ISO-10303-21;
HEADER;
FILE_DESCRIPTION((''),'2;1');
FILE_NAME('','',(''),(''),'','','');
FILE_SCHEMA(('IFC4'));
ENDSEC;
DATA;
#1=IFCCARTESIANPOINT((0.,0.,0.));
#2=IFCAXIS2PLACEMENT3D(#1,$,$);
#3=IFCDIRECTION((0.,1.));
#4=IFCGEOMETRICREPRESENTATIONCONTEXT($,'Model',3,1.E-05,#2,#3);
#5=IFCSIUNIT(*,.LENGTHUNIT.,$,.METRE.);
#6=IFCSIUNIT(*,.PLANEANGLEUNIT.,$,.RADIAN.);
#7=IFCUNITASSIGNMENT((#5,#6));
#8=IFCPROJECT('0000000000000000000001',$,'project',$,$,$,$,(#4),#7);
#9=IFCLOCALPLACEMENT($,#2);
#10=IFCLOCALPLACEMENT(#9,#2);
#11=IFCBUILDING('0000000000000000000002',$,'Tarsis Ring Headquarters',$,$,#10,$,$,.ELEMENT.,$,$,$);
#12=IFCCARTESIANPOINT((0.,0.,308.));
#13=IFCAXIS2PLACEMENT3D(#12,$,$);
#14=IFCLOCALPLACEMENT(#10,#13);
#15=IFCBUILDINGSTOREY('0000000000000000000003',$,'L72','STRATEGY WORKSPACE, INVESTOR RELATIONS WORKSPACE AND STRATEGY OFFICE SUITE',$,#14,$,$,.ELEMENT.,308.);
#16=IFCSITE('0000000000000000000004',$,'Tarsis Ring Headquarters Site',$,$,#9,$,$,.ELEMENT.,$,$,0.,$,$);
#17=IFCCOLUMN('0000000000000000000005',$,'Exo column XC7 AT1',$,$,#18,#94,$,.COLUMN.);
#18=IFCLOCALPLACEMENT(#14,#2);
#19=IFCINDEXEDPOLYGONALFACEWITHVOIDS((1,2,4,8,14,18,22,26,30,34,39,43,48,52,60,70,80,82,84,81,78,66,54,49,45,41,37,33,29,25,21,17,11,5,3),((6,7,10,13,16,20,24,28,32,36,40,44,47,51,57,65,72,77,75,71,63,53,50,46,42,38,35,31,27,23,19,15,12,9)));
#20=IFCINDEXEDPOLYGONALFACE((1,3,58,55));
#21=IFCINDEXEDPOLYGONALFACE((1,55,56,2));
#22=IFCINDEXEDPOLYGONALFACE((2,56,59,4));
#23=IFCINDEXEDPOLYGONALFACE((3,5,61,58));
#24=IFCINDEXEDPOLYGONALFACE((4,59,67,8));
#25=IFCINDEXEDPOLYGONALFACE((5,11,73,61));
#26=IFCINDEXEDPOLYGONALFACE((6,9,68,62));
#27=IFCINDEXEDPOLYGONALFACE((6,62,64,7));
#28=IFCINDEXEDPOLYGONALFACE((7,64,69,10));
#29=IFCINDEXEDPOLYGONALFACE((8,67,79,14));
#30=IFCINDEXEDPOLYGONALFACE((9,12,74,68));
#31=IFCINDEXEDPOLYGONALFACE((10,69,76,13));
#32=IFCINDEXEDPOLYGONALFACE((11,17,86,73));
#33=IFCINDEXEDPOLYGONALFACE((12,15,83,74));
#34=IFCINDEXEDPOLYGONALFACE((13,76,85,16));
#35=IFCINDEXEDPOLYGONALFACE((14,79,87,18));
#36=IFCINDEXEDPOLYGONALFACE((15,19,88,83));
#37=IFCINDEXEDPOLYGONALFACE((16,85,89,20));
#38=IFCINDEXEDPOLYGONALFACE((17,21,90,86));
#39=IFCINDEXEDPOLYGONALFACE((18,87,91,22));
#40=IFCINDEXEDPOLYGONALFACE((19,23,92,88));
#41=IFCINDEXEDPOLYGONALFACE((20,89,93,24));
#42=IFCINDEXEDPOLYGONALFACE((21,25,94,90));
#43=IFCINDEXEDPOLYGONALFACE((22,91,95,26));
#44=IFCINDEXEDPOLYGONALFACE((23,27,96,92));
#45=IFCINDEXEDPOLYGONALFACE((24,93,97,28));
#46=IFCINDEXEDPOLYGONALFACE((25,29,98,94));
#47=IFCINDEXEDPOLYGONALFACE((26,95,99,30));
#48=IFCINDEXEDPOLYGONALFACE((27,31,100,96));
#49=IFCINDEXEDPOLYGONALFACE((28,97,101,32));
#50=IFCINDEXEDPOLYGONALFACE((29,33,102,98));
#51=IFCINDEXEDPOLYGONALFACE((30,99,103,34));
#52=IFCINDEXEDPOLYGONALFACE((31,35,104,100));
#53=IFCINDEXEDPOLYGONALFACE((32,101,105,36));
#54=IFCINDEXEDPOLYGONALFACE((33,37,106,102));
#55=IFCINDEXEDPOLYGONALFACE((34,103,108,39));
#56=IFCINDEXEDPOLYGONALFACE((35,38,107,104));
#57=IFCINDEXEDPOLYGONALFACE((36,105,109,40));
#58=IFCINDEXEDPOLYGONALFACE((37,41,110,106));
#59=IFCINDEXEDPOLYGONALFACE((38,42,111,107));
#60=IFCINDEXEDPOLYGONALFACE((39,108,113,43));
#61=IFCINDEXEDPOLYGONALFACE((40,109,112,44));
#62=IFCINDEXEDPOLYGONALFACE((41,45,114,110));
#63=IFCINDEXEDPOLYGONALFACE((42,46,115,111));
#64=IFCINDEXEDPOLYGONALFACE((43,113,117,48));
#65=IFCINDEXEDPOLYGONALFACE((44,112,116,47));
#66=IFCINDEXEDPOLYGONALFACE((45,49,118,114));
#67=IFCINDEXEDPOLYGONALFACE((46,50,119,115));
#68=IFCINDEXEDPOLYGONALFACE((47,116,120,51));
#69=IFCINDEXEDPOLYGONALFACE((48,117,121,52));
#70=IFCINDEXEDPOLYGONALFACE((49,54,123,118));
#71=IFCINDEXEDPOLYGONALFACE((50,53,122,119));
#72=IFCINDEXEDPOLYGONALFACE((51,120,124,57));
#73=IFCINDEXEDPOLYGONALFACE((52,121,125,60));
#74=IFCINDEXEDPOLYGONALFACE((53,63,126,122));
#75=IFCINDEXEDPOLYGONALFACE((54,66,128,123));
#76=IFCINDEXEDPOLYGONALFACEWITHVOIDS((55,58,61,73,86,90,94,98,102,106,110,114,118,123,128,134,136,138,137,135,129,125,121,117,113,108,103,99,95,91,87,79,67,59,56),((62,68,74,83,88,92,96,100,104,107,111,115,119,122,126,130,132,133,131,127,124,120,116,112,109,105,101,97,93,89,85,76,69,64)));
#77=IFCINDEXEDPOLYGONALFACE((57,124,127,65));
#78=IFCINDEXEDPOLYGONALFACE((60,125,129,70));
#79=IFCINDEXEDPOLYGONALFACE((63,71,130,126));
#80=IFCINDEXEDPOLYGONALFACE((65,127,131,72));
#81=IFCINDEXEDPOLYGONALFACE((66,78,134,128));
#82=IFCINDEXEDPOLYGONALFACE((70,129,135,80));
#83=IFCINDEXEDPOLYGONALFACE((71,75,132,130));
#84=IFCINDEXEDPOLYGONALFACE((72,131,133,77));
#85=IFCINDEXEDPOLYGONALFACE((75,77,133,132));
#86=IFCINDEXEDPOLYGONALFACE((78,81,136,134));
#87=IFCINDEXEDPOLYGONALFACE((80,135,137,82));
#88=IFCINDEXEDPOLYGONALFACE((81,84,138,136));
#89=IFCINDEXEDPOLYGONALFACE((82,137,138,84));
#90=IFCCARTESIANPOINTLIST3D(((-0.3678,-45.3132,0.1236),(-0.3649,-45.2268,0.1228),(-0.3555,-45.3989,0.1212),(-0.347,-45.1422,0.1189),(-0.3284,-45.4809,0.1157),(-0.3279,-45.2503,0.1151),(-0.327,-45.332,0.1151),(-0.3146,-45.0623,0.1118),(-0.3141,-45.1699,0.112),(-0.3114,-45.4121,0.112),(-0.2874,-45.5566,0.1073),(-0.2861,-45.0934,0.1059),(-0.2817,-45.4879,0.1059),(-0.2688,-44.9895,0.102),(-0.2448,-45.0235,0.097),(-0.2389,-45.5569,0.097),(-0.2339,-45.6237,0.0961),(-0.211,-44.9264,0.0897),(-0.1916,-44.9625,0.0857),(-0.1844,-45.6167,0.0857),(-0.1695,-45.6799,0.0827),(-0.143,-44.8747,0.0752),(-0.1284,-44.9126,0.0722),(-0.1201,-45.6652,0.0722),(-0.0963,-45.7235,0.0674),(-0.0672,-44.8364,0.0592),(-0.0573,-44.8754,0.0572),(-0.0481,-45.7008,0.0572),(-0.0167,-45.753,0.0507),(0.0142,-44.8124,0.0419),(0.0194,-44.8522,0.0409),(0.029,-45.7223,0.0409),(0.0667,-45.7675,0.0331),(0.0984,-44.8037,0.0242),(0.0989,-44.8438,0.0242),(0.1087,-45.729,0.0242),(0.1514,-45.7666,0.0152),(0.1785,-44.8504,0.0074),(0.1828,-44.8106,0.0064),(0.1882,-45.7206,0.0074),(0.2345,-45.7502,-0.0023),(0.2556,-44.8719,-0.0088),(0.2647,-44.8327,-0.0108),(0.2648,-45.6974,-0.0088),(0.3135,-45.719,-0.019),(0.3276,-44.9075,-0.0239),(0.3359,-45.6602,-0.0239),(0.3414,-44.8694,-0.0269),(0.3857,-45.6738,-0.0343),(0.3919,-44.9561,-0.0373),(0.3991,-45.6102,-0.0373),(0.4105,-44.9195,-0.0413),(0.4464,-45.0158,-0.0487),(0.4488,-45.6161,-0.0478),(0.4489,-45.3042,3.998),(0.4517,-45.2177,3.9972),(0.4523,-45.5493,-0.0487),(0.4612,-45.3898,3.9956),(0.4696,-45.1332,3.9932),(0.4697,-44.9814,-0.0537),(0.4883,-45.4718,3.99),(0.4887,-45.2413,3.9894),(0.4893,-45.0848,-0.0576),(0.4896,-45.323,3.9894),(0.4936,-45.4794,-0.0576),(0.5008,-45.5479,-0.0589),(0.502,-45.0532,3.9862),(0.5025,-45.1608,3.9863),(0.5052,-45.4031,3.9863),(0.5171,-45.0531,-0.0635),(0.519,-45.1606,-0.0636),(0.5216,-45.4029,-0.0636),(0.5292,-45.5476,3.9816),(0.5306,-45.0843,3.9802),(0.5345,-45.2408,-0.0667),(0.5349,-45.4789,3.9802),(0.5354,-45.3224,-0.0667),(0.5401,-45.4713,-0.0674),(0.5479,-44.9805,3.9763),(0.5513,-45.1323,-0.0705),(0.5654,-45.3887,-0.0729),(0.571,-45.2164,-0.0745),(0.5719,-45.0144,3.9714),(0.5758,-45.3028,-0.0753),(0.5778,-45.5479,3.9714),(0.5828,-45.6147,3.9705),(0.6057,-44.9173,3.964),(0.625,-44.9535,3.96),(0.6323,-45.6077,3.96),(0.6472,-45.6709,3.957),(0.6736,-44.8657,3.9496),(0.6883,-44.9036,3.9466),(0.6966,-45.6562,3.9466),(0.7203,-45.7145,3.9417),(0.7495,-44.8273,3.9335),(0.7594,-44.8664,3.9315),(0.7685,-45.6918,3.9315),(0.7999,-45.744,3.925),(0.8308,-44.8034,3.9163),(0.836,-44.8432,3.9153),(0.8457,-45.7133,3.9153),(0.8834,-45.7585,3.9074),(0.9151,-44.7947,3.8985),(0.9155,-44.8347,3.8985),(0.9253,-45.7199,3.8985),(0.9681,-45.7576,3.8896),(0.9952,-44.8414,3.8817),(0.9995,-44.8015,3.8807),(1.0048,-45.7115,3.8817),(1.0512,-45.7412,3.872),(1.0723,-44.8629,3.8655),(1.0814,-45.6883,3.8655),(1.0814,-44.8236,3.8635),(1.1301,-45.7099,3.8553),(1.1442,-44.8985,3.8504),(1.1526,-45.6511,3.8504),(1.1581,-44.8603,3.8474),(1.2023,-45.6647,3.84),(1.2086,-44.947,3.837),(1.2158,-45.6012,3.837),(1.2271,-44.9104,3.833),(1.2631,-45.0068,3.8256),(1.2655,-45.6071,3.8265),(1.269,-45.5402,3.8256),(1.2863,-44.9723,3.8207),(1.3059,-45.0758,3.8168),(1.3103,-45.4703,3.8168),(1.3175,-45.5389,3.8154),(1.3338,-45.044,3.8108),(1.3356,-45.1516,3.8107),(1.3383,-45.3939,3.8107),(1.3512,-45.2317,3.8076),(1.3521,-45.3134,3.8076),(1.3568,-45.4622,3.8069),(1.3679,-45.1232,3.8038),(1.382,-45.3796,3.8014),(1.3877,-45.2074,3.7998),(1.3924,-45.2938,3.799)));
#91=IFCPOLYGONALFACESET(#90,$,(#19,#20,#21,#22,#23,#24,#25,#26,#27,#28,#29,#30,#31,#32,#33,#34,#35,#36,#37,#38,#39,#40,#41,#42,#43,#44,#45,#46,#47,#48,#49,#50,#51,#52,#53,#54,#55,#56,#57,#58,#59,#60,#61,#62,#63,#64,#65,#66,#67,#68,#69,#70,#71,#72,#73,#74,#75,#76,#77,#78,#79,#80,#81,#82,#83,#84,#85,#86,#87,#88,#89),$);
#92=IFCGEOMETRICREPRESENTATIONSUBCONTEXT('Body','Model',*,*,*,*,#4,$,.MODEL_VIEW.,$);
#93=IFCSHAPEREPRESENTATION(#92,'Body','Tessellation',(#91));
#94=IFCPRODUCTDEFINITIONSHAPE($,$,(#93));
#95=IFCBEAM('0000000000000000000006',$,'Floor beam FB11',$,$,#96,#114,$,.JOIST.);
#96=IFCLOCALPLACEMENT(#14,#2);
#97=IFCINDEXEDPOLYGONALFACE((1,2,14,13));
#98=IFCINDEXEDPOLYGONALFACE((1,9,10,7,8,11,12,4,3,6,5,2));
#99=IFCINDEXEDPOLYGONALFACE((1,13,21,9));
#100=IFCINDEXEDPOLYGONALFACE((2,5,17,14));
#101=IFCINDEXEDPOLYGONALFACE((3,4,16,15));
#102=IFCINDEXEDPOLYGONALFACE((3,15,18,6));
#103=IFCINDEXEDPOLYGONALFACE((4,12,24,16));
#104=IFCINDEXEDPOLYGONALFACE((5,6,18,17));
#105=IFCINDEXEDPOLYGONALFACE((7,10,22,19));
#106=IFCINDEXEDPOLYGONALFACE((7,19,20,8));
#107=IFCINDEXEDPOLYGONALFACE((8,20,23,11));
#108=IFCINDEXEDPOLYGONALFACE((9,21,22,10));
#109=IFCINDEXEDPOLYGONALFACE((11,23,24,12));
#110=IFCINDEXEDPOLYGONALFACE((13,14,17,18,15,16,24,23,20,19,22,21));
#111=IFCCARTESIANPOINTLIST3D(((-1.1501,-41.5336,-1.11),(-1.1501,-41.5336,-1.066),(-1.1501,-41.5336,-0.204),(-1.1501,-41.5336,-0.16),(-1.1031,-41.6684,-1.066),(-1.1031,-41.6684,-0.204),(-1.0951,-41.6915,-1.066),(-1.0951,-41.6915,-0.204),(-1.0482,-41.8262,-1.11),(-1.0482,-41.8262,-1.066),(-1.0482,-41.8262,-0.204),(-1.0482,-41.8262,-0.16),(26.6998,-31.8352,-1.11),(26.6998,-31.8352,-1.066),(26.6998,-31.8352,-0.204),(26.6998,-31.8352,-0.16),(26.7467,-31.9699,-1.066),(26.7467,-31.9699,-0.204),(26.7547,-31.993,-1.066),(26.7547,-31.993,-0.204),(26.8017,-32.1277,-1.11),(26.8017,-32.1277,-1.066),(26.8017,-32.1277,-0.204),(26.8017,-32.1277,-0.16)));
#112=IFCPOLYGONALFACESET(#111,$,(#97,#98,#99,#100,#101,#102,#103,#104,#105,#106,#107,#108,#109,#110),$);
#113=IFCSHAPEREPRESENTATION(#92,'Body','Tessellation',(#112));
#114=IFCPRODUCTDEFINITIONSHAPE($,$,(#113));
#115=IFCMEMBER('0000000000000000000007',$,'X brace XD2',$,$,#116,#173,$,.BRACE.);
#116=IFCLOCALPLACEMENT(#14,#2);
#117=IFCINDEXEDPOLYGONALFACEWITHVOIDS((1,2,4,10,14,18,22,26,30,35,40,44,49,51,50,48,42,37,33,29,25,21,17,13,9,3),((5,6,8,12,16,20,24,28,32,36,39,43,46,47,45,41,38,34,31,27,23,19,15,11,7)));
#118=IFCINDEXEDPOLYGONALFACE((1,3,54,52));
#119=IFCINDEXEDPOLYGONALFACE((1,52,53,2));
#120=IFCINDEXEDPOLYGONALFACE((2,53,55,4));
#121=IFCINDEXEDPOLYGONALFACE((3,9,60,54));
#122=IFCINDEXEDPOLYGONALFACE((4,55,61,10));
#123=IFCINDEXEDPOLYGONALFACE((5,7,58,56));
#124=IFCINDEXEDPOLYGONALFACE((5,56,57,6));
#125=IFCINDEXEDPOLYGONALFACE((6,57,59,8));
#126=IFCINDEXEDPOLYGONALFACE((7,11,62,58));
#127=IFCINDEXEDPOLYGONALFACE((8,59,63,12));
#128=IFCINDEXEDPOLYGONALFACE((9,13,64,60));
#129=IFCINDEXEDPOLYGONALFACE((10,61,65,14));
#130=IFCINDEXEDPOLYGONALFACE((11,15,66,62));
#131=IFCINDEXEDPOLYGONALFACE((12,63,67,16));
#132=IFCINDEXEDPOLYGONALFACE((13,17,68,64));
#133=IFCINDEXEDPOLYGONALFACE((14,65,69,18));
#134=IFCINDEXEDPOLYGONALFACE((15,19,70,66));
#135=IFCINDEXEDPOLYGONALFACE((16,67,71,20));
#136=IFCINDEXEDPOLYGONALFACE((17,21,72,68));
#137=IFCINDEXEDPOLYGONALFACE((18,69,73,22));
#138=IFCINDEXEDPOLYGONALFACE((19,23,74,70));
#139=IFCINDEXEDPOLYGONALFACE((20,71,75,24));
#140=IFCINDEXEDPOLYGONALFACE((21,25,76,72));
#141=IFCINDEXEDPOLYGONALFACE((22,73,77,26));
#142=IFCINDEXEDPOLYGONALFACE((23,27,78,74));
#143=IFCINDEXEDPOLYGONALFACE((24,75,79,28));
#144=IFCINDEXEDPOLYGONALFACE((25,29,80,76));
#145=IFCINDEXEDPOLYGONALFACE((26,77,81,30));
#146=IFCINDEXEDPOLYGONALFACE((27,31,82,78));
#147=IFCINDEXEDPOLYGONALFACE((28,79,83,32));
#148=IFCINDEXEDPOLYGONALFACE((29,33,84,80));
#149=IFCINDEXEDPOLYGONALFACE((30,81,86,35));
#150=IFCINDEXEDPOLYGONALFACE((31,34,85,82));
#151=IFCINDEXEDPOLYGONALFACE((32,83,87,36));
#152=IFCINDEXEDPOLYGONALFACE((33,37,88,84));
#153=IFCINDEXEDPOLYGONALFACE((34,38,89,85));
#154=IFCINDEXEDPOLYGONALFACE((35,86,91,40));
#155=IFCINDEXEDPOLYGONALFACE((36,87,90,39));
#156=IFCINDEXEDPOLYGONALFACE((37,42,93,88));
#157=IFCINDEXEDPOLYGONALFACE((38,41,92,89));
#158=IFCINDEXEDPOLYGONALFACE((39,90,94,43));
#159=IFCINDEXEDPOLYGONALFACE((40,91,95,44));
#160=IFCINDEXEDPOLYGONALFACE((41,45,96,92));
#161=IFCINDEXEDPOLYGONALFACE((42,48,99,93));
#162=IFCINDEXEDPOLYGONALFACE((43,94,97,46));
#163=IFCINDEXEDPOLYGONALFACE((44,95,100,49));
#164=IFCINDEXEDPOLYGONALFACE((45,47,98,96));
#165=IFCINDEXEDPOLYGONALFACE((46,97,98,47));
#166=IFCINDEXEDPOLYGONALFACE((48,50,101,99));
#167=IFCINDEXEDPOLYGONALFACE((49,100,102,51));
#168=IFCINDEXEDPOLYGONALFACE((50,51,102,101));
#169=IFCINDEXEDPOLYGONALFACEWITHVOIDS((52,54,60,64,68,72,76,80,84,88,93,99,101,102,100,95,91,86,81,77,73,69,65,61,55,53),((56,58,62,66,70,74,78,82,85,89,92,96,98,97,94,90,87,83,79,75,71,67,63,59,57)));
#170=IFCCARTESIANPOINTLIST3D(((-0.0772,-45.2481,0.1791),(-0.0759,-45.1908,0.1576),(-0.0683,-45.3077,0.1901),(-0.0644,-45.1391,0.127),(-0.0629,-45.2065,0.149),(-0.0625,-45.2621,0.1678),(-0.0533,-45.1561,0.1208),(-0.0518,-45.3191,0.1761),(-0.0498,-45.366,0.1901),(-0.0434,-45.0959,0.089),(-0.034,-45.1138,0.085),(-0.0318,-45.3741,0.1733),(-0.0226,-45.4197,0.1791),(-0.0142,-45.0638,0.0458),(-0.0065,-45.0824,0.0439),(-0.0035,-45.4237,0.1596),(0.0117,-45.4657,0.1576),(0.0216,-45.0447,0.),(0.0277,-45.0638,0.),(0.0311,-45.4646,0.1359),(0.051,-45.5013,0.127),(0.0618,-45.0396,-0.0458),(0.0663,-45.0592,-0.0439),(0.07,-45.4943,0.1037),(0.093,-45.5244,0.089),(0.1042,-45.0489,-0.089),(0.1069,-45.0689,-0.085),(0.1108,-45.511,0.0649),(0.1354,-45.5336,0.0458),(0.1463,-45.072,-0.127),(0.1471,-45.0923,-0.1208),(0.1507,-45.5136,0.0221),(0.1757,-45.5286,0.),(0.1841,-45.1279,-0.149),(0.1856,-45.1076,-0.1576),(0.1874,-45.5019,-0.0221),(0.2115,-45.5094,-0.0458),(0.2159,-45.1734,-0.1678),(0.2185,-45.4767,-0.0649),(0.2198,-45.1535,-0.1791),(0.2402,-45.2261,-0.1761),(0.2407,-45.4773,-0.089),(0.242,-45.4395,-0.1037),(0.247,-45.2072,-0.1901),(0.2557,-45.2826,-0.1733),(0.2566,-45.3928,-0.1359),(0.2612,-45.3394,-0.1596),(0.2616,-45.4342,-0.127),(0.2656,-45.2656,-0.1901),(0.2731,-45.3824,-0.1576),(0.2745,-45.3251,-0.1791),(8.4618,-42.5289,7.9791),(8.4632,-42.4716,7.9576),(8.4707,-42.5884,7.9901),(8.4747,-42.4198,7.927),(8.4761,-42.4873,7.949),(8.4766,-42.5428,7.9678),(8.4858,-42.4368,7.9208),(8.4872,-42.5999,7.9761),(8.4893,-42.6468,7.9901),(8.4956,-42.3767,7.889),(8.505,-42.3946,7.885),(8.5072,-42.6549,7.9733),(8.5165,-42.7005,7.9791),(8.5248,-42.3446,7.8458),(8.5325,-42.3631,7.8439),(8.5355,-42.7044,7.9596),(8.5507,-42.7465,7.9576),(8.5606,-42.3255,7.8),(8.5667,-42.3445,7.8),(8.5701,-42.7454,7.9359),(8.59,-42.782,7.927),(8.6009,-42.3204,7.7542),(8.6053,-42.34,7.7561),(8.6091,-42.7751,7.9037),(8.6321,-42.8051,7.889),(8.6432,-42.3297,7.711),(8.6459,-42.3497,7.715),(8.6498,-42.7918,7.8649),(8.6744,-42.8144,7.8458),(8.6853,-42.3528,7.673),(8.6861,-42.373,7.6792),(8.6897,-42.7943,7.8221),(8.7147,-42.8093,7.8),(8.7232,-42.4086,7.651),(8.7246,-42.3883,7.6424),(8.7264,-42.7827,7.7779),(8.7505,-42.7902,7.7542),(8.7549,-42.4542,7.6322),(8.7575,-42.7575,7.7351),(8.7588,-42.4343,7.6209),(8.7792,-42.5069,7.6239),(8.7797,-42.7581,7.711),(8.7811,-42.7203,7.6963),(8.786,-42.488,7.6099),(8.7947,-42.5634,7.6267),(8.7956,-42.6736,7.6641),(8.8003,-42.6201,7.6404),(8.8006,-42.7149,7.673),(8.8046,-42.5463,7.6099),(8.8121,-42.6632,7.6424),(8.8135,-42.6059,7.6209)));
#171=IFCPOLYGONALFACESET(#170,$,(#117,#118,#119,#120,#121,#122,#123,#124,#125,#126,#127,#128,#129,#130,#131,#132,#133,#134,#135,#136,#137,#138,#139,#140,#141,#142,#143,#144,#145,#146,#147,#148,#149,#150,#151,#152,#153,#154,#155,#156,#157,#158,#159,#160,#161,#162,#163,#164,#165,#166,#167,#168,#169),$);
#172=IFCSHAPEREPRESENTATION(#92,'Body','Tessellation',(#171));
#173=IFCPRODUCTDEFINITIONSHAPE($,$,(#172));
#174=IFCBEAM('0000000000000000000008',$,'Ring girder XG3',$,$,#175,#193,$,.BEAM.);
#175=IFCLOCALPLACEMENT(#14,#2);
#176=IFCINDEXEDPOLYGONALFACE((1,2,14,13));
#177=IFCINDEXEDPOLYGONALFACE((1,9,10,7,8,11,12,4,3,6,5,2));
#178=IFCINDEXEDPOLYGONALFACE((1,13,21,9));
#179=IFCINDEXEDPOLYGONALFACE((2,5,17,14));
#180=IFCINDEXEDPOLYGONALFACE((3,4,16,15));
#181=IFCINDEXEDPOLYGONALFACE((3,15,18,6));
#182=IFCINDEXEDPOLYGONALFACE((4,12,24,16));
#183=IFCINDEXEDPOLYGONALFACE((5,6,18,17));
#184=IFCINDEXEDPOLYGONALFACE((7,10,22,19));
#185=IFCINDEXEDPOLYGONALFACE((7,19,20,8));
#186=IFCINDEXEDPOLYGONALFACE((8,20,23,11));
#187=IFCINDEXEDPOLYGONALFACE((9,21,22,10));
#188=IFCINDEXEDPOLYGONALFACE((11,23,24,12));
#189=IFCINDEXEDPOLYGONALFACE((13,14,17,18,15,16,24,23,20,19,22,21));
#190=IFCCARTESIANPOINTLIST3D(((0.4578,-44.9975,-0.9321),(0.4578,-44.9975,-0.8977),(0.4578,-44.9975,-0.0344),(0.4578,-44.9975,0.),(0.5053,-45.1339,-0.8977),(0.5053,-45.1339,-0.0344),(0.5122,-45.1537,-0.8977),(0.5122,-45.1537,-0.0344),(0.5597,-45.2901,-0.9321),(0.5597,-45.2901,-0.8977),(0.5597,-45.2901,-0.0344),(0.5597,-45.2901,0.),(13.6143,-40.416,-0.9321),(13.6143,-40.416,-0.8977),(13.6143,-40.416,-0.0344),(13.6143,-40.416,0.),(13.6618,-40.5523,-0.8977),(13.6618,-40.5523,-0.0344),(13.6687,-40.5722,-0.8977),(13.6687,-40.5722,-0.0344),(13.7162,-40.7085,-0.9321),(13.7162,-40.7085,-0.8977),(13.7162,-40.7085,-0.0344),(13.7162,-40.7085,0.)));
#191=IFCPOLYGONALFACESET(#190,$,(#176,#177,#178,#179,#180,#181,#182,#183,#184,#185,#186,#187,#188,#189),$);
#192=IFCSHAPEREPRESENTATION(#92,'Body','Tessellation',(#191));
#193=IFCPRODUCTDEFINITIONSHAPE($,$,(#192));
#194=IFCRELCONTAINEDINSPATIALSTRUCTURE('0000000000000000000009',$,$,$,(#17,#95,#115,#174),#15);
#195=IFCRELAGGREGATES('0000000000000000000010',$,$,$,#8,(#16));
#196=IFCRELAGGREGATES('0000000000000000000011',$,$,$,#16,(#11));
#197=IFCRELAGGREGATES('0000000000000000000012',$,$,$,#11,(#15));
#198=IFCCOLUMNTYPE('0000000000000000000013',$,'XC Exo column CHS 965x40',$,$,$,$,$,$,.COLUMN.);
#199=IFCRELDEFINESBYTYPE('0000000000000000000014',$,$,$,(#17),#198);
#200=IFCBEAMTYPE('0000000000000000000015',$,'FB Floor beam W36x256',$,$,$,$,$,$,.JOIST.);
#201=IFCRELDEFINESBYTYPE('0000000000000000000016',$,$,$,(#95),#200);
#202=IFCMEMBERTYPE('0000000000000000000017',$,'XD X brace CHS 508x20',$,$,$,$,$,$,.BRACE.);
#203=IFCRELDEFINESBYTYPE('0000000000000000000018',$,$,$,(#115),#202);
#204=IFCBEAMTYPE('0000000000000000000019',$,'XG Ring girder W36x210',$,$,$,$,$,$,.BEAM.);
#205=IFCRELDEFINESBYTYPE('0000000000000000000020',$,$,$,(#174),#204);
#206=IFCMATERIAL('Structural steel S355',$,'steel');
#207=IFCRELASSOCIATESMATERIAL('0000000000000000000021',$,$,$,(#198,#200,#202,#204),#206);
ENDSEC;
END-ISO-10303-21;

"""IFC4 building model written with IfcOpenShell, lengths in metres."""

from ifc_helpers import new_model, si_unit, direction, frame, origin, origin_2d, place, context, subcontext, project, spatial, hollow_circle, i_section, extrude, material, material_profile, profile_set, type_object, element, save


model = new_model("IFC4")

# Units and contexts
model_context = context("Model", 3, precision=1e-05, world=origin(), true_north=direction((0.0, 1.0)))
body_context = subcontext(model_context, "Body", "Model", "MODEL_VIEW")
ifc_project = project(units=[si_unit("LENGTHUNIT", "METRE"), si_unit("PLANEANGLEUNIT", "RADIAN")], contexts=[model_context])

# Site, building, storey
site_placement = place(None, origin())
site = spatial("IfcSite", under=ifc_project, at=site_placement, Name="Tarsis Ring Headquarters Site", CompositionType="ELEMENT", RefElevation=0.0)
building_placement = place(site_placement, origin())
building = spatial("IfcBuilding", under=site, at=building_placement, Name="Tarsis Ring Headquarters", CompositionType="ELEMENT")
storey_placement = place(building_placement, frame((0.0, 0.0, 308.0)))
storey = spatial("IfcBuildingStorey", under=building, at=storey_placement, Name="L72", Description="STRATEGY WORKSPACE, INVESTOR RELATIONS WORKSPACE AND STRATEGY OFFICE SUITE", CompositionType="ELEMENT", Elevation=308.0)

# Column
ifc_material_1 = material(Name="Structural steel S355", Category="steel")
ifc_material_profile_1 = material_profile(ifc_material_1, hollow_circle(Radius=0.4827, WallThickness=0.04, at=origin_2d()), Name="CHS 965x40")
ifc_profile_set_1 = profile_set([ifc_material_profile_1], Name="Structural steel S355")
column_type = type_object("IfcColumnType", Name="XC Exo column CHS 965x40", PredefinedType="COLUMN", material=ifc_profile_set_1)
column_placement = place(storey_placement, frame((0.1038, -45.2864, 0.0242), z_axis=(0.206255, 0.002281, 0.978496), x_axis=(-0.011061, 0.999939, 0.0)))
element("IfcColumn", 1, at=column_placement, inside=storey, type_object=column_type, Name="Exo column XC7 AT1", PredefinedType="COLUMN", context=body_context, shape_type="SweptSolid", body=[
    extrude(hollow_circle(Radius=0.4827, WallThickness=0.04, at=origin_2d()), origin(), (0.0, 0.0, 1.0), 3.9595),
])

# Beam
ifc_material_profile_2 = material_profile(ifc_material_1, i_section(OverallWidth=0.3098, OverallDepth=0.95, WebThickness=0.0244, FlangeThickness=0.0439, at=origin_2d()), Name="W36x256")
ifc_profile_set_2 = profile_set([ifc_material_profile_2], Name="Structural steel S355")
beam_type_1 = type_object("IfcBeamType", Name="FB Floor beam W36x256", PredefinedType="JOIST", material=ifc_profile_set_2)
beam_1_placement = place(storey_placement, frame((-1.0991, -41.6799, -0.635), z_axis=(0.944375, 0.328871, 0.0), x_axis=(-0.328871, 0.944375, 0.0)))
element("IfcBeam", 2, at=beam_1_placement, inside=storey, type_object=beam_type_1, Name="Floor beam FB11", PredefinedType="JOIST", context=body_context, shape_type="SweptSolid", body=[
    extrude(i_section(OverallWidth=0.3098, OverallDepth=0.95, WebThickness=0.0244, FlangeThickness=0.0439, at=origin_2d()), origin(), (0.0, 0.0, 1.0), 29.4902),
])

# Member
ifc_material_profile_3 = material_profile(ifc_material_1, hollow_circle(Radius=0.2539, WallThickness=0.02, at=origin_2d()), Name="CHS 508x20")
ifc_profile_set_3 = profile_set([ifc_material_profile_3], Name="Structural steel S355")
member_type = type_object("IfcMemberType", Name="XD X brace CHS 508x20", PredefinedType="BRACE", material=ifc_profile_set_3)
member_placement = place(storey_placement, frame((0.0986, -45.2866, 0.0), z_axis=(0.718735, 0.228879, 0.656532), x_axis=(-0.303433, 0.952853, 0.0)))
element("IfcMember", 3, at=member_placement, inside=storey, type_object=member_type, Name="X brace XD2", PredefinedType="BRACE", context=body_context, shape_type="SweptSolid", body=[
    extrude(hollow_circle(Radius=0.2539, WallThickness=0.02, at=origin_2d()), origin(), (0.0, 0.0, 1.0), 11.8806),
])

# Beam
ifc_material_profile_4 = material_profile(ifc_material_1, i_section(OverallWidth=0.3098, OverallDepth=0.9321, WebThickness=0.021, FlangeThickness=0.0344, at=origin_2d()), Name="W36x210")
ifc_profile_set_4 = profile_set([ifc_material_profile_4], Name="Structural steel S355")
beam_type_2 = type_object("IfcBeamType", Name="XG Ring girder W36x210", PredefinedType="BEAM", material=ifc_profile_set_4)
beam_2_placement = place(storey_placement, frame((0.5088, -45.1438, -0.4661), z_axis=(0.944377, 0.328865, 0.0), x_axis=(-0.328865, 0.944377, 0.0)))
element("IfcBeam", 4, at=beam_2_placement, inside=storey, type_object=beam_type_2, Name="Ring girder XG3", PredefinedType="BEAM", context=body_context, shape_type="SweptSolid", body=[
    extrude(i_section(OverallWidth=0.3098, OverallDepth=0.9321, WebThickness=0.021, FlangeThickness=0.0344, at=origin_2d()), origin(), (0.0, 0.0, 1.0), 13.9314),
])

save(model, "model.ifc")
